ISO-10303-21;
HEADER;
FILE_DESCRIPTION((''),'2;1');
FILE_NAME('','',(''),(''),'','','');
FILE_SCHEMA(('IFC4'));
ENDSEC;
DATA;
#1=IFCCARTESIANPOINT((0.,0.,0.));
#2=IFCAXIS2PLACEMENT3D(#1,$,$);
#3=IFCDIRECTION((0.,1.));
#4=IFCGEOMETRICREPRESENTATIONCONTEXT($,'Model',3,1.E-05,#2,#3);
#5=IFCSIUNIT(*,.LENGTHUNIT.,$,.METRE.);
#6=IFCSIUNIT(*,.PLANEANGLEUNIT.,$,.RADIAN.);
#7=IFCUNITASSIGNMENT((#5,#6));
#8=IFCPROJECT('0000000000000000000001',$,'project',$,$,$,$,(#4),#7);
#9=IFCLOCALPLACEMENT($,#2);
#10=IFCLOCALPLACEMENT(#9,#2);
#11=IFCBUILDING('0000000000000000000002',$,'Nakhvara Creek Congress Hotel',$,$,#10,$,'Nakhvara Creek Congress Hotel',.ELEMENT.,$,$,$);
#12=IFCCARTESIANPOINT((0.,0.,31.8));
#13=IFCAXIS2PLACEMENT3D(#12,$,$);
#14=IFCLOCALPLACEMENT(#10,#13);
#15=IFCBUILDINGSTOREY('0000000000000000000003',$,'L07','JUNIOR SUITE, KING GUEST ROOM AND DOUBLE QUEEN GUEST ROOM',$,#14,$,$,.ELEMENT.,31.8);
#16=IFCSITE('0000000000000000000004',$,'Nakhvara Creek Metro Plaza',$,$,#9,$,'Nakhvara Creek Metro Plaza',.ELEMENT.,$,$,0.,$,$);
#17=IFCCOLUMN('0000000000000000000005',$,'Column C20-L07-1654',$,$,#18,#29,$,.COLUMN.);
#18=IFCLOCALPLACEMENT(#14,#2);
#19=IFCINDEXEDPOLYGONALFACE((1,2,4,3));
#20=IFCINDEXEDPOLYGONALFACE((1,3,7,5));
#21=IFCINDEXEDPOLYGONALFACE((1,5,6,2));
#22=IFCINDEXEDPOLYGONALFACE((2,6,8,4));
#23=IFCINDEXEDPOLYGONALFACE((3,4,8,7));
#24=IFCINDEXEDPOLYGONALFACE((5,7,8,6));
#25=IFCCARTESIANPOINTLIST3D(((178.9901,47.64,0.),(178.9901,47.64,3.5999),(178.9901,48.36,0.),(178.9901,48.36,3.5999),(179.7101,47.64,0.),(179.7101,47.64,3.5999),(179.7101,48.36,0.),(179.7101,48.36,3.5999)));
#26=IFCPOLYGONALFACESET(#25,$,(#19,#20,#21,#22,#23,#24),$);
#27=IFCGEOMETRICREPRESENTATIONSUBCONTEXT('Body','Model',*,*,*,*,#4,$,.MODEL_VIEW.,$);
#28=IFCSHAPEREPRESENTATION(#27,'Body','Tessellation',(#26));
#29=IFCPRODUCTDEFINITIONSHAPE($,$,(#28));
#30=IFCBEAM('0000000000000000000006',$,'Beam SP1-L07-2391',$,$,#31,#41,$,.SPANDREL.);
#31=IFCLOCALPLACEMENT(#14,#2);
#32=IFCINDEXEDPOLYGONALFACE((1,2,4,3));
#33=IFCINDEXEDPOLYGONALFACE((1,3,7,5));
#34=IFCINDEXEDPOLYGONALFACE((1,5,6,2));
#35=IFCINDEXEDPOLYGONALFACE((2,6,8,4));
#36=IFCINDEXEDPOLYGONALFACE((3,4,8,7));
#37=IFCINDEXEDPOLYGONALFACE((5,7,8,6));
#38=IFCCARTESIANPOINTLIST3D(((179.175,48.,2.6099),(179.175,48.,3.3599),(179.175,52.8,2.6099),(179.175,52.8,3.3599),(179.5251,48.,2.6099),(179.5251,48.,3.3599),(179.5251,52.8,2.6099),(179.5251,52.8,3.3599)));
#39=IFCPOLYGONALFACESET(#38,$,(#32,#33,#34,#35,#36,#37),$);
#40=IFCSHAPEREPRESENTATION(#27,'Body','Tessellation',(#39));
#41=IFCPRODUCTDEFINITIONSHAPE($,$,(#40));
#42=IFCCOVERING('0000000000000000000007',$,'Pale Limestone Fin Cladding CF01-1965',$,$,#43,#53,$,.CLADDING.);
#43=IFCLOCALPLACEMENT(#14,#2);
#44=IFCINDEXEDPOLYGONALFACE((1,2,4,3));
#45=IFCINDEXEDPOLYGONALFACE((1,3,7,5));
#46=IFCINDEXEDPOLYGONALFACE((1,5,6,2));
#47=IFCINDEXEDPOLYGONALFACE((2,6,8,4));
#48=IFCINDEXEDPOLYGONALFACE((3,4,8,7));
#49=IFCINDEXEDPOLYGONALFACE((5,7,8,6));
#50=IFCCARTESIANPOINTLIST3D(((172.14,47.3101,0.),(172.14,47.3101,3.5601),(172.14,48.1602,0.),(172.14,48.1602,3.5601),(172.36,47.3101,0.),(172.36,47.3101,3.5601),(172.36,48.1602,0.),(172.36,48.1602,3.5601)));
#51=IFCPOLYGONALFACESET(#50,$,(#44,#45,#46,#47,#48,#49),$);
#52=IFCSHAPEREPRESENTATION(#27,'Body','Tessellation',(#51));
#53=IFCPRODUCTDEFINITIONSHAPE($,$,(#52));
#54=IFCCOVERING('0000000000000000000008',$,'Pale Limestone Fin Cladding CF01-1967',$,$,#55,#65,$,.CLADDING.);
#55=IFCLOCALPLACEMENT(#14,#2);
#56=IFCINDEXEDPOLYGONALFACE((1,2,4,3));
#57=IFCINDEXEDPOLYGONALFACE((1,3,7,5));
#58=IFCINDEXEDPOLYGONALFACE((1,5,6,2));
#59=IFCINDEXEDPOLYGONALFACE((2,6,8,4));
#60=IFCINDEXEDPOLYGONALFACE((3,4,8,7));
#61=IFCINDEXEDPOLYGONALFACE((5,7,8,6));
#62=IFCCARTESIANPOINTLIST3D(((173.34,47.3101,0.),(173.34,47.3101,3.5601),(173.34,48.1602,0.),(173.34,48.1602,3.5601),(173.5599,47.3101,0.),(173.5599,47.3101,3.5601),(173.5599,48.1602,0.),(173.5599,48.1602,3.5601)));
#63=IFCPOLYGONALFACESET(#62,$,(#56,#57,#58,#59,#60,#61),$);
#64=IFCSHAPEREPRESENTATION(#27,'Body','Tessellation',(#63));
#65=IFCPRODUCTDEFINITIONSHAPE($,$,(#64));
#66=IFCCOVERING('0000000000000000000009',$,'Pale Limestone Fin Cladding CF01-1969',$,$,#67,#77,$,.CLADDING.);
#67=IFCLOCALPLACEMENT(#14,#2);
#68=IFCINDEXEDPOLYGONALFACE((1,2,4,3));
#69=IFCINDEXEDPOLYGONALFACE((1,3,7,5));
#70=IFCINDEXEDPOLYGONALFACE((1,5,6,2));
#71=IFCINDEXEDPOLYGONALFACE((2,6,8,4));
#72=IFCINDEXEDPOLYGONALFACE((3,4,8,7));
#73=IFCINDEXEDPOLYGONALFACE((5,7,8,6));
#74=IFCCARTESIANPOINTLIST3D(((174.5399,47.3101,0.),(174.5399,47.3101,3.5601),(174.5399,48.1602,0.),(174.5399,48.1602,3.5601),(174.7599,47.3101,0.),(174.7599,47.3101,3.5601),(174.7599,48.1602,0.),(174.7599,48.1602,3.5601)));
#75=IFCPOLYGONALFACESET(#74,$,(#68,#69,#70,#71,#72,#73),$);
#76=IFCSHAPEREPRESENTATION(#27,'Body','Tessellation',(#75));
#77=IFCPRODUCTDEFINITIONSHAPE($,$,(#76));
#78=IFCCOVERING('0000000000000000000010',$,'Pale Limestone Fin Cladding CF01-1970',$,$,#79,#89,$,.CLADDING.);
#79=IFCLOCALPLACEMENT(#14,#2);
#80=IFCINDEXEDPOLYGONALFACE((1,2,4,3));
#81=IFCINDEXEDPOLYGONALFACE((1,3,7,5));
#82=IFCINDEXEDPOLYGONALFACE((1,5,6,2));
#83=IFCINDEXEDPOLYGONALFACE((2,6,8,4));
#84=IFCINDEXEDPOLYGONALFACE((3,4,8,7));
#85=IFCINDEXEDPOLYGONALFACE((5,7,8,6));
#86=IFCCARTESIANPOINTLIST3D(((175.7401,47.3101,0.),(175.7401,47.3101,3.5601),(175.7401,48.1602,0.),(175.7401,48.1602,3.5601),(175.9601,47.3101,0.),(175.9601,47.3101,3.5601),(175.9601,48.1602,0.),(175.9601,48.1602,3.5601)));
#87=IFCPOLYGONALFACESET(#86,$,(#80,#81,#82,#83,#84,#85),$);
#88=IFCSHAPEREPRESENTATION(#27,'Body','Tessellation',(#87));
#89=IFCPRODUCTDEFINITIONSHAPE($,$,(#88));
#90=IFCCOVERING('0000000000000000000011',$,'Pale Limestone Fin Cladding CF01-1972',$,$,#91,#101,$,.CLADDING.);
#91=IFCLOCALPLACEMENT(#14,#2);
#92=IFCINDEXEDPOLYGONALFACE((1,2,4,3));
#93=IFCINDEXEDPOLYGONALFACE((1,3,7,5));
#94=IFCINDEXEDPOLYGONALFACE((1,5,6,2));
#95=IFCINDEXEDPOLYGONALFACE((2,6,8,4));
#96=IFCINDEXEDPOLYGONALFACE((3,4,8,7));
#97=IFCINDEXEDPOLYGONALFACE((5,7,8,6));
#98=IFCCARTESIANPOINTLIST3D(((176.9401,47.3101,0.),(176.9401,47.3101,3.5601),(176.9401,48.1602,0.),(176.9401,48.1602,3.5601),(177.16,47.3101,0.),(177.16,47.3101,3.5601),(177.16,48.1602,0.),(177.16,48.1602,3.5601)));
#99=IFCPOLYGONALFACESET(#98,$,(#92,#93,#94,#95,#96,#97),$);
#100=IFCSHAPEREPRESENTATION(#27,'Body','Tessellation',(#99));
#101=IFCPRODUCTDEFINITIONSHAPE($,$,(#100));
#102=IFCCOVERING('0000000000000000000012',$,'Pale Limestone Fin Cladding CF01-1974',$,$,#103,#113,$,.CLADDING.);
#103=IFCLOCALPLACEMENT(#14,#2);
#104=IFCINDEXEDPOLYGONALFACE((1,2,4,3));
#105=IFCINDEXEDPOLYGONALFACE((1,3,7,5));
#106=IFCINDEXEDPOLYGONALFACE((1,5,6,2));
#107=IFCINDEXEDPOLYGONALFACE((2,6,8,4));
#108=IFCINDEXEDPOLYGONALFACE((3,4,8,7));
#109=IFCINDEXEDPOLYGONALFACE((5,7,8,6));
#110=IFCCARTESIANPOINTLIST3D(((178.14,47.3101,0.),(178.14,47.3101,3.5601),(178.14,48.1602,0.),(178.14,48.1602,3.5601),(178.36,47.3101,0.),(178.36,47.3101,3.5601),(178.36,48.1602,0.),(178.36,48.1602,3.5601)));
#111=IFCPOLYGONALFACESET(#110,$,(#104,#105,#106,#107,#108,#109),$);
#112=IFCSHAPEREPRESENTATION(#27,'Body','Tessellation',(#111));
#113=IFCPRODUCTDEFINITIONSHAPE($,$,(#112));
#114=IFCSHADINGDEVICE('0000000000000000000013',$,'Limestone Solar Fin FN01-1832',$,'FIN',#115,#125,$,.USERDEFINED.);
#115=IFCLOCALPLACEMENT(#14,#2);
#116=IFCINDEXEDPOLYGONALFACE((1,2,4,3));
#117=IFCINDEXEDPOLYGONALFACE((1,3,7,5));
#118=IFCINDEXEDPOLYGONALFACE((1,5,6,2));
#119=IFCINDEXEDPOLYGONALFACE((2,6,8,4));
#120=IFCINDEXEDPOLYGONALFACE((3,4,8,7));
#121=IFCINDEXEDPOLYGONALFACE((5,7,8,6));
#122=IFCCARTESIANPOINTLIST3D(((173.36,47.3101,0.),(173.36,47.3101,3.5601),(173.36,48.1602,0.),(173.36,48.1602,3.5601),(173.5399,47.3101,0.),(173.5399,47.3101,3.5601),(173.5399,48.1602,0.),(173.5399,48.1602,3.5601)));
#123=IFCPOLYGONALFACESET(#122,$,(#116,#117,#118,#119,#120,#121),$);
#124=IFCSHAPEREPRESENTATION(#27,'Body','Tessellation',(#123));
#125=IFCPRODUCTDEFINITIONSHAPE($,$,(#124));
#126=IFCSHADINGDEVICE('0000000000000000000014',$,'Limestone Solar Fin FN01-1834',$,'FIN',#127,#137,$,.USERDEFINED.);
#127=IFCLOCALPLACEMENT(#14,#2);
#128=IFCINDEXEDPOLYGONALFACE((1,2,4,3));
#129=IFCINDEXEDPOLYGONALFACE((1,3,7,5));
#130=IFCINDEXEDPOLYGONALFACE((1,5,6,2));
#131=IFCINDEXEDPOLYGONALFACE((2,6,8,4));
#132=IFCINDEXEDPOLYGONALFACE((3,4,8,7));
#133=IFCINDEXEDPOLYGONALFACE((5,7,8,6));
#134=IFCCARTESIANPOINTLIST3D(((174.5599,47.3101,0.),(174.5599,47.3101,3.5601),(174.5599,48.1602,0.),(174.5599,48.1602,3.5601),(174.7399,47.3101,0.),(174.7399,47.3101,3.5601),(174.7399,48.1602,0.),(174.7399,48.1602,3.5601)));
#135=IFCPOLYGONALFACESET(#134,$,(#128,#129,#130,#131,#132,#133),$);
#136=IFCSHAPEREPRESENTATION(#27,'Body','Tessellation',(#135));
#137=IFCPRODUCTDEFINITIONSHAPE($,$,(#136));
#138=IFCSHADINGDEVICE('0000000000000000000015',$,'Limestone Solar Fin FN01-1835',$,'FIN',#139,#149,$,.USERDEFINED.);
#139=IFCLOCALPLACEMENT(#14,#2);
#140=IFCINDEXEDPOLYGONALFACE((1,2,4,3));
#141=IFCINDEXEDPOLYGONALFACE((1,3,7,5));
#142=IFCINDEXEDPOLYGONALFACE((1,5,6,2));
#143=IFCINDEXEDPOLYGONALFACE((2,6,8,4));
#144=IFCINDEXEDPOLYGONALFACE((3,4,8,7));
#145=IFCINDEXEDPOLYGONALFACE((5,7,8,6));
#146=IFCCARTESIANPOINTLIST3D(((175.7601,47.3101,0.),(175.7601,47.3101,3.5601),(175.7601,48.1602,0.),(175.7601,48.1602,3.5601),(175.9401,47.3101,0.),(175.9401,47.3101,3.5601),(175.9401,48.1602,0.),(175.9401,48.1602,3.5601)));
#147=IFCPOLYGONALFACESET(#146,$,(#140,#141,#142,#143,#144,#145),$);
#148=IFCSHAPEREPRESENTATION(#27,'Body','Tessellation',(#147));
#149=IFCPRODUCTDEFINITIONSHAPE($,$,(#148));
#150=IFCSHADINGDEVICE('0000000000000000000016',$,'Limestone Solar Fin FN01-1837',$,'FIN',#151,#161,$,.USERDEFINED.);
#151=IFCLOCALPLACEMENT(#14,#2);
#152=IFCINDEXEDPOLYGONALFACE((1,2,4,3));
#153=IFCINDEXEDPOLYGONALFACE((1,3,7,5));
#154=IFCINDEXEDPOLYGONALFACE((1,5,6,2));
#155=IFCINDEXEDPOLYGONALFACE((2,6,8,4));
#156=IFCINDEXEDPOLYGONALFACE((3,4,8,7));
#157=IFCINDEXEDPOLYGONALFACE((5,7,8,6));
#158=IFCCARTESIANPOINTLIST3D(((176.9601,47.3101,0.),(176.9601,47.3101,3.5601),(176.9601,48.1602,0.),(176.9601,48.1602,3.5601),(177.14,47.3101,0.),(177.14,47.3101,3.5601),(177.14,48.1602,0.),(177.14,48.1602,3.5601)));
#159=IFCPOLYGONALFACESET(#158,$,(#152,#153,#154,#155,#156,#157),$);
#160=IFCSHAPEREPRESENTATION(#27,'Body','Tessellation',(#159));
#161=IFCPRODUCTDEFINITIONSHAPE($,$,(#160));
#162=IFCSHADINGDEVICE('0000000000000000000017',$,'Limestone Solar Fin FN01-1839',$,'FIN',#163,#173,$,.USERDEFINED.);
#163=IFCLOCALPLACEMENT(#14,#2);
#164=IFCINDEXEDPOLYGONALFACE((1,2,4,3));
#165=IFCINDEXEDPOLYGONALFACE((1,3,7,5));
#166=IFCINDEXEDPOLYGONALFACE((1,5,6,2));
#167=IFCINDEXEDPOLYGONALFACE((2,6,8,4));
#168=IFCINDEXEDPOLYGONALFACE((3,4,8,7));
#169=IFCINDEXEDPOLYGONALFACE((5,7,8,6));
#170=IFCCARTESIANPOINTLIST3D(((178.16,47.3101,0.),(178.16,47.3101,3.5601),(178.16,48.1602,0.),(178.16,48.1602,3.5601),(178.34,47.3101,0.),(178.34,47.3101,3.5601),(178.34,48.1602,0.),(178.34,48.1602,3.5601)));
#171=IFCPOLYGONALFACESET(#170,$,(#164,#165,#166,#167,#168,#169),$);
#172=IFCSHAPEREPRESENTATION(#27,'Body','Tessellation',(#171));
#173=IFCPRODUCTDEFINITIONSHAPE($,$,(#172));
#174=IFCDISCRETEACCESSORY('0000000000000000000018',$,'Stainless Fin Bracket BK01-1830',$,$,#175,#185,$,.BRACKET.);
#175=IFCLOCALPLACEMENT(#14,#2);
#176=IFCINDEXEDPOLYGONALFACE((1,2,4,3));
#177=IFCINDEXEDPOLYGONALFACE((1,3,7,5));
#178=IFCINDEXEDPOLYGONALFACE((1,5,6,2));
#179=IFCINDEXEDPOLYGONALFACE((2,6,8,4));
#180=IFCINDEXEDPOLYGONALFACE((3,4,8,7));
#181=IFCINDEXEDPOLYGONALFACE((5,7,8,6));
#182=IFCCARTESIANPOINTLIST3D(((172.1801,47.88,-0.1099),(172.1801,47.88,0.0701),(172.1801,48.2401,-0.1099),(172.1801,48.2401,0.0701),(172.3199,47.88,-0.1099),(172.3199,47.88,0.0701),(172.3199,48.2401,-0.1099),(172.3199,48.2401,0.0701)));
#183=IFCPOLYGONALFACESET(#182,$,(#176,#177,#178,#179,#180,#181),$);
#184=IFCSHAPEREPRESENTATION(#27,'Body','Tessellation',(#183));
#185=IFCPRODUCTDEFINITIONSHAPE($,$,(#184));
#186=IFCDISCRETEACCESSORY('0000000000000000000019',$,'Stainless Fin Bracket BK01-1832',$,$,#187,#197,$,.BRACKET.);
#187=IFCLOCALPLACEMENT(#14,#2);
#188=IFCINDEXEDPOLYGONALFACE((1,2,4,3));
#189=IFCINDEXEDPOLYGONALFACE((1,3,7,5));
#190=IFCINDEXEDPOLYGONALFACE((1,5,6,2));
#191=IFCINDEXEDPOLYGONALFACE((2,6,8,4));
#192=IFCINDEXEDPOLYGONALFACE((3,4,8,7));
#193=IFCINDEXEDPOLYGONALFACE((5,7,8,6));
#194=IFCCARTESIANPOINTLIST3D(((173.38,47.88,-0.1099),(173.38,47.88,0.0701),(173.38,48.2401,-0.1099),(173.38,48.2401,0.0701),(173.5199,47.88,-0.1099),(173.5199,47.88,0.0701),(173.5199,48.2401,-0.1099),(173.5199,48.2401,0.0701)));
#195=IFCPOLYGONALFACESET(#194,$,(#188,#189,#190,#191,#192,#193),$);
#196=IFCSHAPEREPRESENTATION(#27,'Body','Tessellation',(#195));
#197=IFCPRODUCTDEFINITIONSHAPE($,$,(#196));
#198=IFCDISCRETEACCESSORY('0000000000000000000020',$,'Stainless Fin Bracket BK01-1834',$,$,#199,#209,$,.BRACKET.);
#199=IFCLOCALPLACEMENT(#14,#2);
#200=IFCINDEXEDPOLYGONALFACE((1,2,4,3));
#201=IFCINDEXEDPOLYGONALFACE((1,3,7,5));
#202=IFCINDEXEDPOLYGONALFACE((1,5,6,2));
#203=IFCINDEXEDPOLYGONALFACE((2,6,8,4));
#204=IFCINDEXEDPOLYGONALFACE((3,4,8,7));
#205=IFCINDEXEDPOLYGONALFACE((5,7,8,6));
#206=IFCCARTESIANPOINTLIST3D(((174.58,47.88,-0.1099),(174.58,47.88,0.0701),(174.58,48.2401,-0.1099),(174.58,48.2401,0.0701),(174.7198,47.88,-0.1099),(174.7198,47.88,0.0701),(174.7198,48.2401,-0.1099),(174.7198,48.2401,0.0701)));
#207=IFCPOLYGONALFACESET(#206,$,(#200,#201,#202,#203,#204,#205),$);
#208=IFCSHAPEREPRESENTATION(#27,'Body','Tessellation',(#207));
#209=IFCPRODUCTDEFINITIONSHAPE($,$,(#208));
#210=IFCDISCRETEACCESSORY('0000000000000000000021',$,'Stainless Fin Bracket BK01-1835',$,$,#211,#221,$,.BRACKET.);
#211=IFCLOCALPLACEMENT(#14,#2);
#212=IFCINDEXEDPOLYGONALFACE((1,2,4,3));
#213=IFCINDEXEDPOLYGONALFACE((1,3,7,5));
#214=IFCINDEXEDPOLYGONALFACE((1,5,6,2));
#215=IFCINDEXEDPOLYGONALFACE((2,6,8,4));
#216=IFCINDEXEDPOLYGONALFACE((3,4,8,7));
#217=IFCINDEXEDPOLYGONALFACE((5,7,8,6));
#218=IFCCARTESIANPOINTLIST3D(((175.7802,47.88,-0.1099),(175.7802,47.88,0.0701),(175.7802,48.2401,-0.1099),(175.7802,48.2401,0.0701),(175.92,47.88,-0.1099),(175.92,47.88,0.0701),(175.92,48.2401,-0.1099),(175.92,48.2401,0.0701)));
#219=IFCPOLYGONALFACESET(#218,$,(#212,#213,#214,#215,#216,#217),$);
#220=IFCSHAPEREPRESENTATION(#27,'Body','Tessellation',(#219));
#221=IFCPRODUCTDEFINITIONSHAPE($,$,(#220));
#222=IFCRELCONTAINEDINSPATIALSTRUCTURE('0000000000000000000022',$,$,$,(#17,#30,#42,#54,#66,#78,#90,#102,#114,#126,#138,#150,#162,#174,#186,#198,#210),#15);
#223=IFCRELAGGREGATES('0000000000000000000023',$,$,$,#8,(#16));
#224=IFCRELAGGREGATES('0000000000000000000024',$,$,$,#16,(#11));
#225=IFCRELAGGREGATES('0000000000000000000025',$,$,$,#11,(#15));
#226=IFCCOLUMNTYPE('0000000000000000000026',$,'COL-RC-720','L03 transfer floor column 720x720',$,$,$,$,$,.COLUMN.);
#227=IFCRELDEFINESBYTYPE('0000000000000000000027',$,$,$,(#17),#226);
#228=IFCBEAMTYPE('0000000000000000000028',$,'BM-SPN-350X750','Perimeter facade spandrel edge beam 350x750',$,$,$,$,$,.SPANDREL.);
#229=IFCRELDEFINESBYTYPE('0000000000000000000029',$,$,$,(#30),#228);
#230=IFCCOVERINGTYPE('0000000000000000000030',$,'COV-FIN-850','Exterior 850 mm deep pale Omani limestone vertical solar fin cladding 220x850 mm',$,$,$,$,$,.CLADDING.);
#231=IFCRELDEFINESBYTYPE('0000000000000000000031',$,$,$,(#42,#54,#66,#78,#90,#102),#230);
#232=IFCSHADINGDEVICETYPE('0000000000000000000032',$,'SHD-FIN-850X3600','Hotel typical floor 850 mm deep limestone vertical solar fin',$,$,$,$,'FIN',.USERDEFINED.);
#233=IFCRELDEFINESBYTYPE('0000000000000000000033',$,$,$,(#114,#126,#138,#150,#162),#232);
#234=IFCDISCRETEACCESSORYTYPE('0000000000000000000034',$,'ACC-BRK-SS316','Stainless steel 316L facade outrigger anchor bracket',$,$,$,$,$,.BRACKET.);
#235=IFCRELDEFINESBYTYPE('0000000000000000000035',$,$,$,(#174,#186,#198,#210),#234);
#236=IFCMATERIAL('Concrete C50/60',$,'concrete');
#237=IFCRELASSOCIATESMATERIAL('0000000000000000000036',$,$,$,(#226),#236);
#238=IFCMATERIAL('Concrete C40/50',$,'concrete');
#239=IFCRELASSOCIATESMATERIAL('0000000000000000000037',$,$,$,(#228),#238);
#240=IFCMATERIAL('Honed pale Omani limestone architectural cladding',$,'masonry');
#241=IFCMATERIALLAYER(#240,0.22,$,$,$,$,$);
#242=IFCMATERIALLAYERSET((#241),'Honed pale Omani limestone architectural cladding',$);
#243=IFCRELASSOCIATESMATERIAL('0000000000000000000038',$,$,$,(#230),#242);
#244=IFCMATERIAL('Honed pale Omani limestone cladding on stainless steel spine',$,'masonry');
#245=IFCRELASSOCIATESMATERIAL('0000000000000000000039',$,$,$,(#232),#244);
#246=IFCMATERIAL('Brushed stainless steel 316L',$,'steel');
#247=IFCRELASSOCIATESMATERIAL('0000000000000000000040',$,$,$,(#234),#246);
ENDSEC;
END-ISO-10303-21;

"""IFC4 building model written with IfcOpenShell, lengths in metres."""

from ifc_helpers import new_model, si_unit, direction, frame, origin, origin_2d, place, context, subcontext, project, spatial, rectangle, extrude, material, layer, layer_set, material_profile, profile_set, type_object, element, save


model = new_model("IFC4")

# Units and contexts
model_context = context("Model", 3, precision=1e-05, world=origin(), true_north=direction((0.0, 1.0)))
body_context = subcontext(model_context, "Body", "Model", "MODEL_VIEW")
ifc_project = project(units=[si_unit("LENGTHUNIT", "METRE"), si_unit("PLANEANGLEUNIT", "RADIAN")], contexts=[model_context])

# Site, building, storey
site_placement = place(None, origin())
site = spatial("IfcSite", under=ifc_project, at=site_placement, Name="Nakhvara Creek Metro Plaza", LongName="Nakhvara Creek Metro Plaza", CompositionType="ELEMENT", RefElevation=0.0)
building_placement = place(site_placement, origin())
building = spatial("IfcBuilding", under=site, at=building_placement, Name="Nakhvara Creek Congress Hotel", LongName="Nakhvara Creek Congress Hotel", CompositionType="ELEMENT")
storey_placement = place(building_placement, frame((0.0, 0.0, 31.8)))
storey = spatial("IfcBuildingStorey", under=building, at=storey_placement, Name="L07", Description="JUNIOR SUITE, KING GUEST ROOM AND DOUBLE QUEEN GUEST ROOM", CompositionType="ELEMENT", Elevation=31.8)

# Column
ifc_material_1 = material(Name="Concrete C50/60", Category="concrete")
ifc_material_profile_1 = material_profile(ifc_material_1, rectangle(XDim=0.72, YDim=0.72, at=origin_2d()), Name="RC-COL 720x720", Category="LoadBearing")
ifc_profile_set_1 = profile_set([ifc_material_profile_1], Name="Concrete C50/60")
column_type = type_object("IfcColumnType", Name="COL-RC-720", Description="L03 transfer floor column 720x720", PredefinedType="COLUMN", material=ifc_profile_set_1)
column_placement = place(storey_placement, frame((179.3501, 48.0, 0.0), z_axis=(0.0, 0.0, 1.0), x_axis=(1.0, 0.0, 0.0)))
element("IfcColumn", 1, at=column_placement, inside=storey, type_object=column_type, Name="Column C20-L07-1654", PredefinedType="COLUMN", context=body_context, shape_type="SweptSolid", body=[
    extrude(rectangle(XDim=0.72, YDim=0.72, at=origin_2d()), origin(), (0.0, 0.0, 1.0), 3.5999),
])

# Beam
ifc_material_2 = material(Name="Concrete C40/50", Category="concrete")
ifc_material_profile_2 = material_profile(ifc_material_2, rectangle(XDim=0.3501, YDim=0.75, at=origin_2d()), Name="RC-SPANDREL 350x750", Category="LoadBearing")
ifc_profile_set_2 = profile_set([ifc_material_profile_2], Name="Concrete C40/50")
beam_type = type_object("IfcBeamType", Name="BM-SPN-350X750", Description="Perimeter facade spandrel edge beam 350x750", PredefinedType="SPANDREL", material=ifc_profile_set_2)
beam_placement = place(storey_placement, frame((179.3501, 48.0, 2.9849), z_axis=(0.0, 1.0, 0.0), x_axis=(-1.0, 0.0, 0.0)))
element("IfcBeam", 2, at=beam_placement, inside=storey, type_object=beam_type, Name="Beam SP1-L07-2391", PredefinedType="SPANDREL", context=body_context, shape_type="SweptSolid", body=[
    extrude(rectangle(XDim=0.3501, YDim=0.75, at=origin_2d()), origin(), (0.0, 0.0, 1.0), 4.8),
])

# Coverings
ifc_material_3 = material(Name="Honed pale Omani limestone architectural cladding", Category="masonry")
ifc_layer = layer(ifc_material_3, 0.22)
ifc_layer_set = layer_set([ifc_layer], Name="Honed pale Omani limestone architectural cladding")
covering_type = type_object("IfcCoveringType", Name="COV-FIN-850", Description="Exterior 850 mm deep pale Omani limestone vertical solar fin cladding 220x850 mm", PredefinedType="CLADDING", material=ifc_layer_set)
for number, where, z_axis, x_axis, name in (
    (3, (172.25, 47.7351, 0.0), (0.0, 0.0, 1.0), (1.0, 0.0, 0.0), "Pale Limestone Fin Cladding CF01-1965"),
    (4, (173.45, 47.7351, 0.0), (0.0, 0.0, 1.0), (1.0, 0.0, 0.0), "Pale Limestone Fin Cladding CF01-1967"),
    (5, (174.6499, 47.7351, 0.0), (0.0, 0.0, 1.0), (1.0, 0.0, 0.0), "Pale Limestone Fin Cladding CF01-1969"),
    (6, (175.8501, 47.7351, 0.0), (0.0, 0.0, 1.0), (1.0, 0.0, 0.0), "Pale Limestone Fin Cladding CF01-1970"),
    (7, (177.05, 47.7351, 0.0), (0.0, 0.0, 1.0), (1.0, 0.0, 0.0), "Pale Limestone Fin Cladding CF01-1972"),
    (8, (178.25, 47.7351, 0.0), (0.0, 0.0, 1.0), (1.0, 0.0, 0.0), "Pale Limestone Fin Cladding CF01-1974"),
):
    element("IfcCovering", number, at=place(storey_placement, frame(where, z_axis=z_axis, x_axis=x_axis)), inside=storey, type_object=covering_type, Name=name, PredefinedType="CLADDING", context=body_context, shape_type="SweptSolid", body=[
        extrude(rectangle(XDim=0.22, YDim=0.8501, at=origin_2d()), origin(), (0.0, 0.0, 1.0), 3.5601),
    ])

# Shading devices
ifc_material_4 = material(Name="Honed pale Omani limestone cladding on stainless steel spine", Category="masonry")
shading_device_type = type_object("IfcShadingDeviceType", Name="SHD-FIN-850X3600", Description="Hotel typical floor 850 mm deep limestone vertical solar fin", ElementType="FIN", PredefinedType="USERDEFINED", material=ifc_material_4)
for number, where, z_axis, x_axis, name in (
    (9, (173.45, 47.7351, 0.0), (0.0, 0.0, 1.0), (1.0, 0.0, 0.0), "Limestone Solar Fin FN01-1832"),
    (10, (174.6499, 47.7351, 0.0), (0.0, 0.0, 1.0), (1.0, 0.0, 0.0), "Limestone Solar Fin FN01-1834"),
    (11, (175.8501, 47.7351, 0.0), (0.0, 0.0, 1.0), (1.0, 0.0, 0.0), "Limestone Solar Fin FN01-1835"),
    (12, (177.05, 47.7351, 0.0), (0.0, 0.0, 1.0), (1.0, 0.0, 0.0), "Limestone Solar Fin FN01-1837"),
    (13, (178.25, 47.7351, 0.0), (0.0, 0.0, 1.0), (1.0, 0.0, 0.0), "Limestone Solar Fin FN01-1839"),
):
    element("IfcShadingDevice", number, at=place(storey_placement, frame(where, z_axis=z_axis, x_axis=x_axis)), inside=storey, type_object=shading_device_type, Name=name, ObjectType="FIN", PredefinedType="USERDEFINED", context=body_context, shape_type="SweptSolid", body=[
        extrude(rectangle(XDim=0.1799, YDim=0.8501, at=origin_2d()), origin(), (0.0, 0.0, 1.0), 3.5601),
    ])

# Discrete accessories
ifc_material_5 = material(Name="Brushed stainless steel 316L", Category="steel")
discrete_accessory_type = type_object("IfcDiscreteAccessoryType", Name="ACC-BRK-SS316", Description="Stainless steel 316L facade outrigger anchor bracket", PredefinedType="BRACKET", material=ifc_material_5)
for number, where, z_axis, x_axis, name in (
    (14, (172.25, 48.0601, -0.1099), (0.0, 0.0, 1.0), (1.0, 0.0, 0.0), "Stainless Fin Bracket BK01-1830"),
    (15, (173.45, 48.0601, -0.1099), (0.0, 0.0, 1.0), (1.0, 0.0, 0.0), "Stainless Fin Bracket BK01-1832"),
    (16, (174.6499, 48.0601, -0.1099), (0.0, 0.0, 1.0), (1.0, 0.0, 0.0), "Stainless Fin Bracket BK01-1834"),
    (17, (175.8501, 48.0601, -0.1099), (0.0, 0.0, 1.0), (1.0, 0.0, 0.0), "Stainless Fin Bracket BK01-1835"),
):
    element("IfcDiscreteAccessory", number, at=place(storey_placement, frame(where, z_axis=z_axis, x_axis=x_axis)), inside=storey, type_object=discrete_accessory_type, Name=name, PredefinedType="BRACKET", context=body_context, shape_type="SweptSolid", body=[
        extrude(rectangle(XDim=0.1399, YDim=0.3601, at=origin_2d()), origin(), (0.0, 0.0, 1.0), 0.1799),
    ])

save(model, "model.ifc")
